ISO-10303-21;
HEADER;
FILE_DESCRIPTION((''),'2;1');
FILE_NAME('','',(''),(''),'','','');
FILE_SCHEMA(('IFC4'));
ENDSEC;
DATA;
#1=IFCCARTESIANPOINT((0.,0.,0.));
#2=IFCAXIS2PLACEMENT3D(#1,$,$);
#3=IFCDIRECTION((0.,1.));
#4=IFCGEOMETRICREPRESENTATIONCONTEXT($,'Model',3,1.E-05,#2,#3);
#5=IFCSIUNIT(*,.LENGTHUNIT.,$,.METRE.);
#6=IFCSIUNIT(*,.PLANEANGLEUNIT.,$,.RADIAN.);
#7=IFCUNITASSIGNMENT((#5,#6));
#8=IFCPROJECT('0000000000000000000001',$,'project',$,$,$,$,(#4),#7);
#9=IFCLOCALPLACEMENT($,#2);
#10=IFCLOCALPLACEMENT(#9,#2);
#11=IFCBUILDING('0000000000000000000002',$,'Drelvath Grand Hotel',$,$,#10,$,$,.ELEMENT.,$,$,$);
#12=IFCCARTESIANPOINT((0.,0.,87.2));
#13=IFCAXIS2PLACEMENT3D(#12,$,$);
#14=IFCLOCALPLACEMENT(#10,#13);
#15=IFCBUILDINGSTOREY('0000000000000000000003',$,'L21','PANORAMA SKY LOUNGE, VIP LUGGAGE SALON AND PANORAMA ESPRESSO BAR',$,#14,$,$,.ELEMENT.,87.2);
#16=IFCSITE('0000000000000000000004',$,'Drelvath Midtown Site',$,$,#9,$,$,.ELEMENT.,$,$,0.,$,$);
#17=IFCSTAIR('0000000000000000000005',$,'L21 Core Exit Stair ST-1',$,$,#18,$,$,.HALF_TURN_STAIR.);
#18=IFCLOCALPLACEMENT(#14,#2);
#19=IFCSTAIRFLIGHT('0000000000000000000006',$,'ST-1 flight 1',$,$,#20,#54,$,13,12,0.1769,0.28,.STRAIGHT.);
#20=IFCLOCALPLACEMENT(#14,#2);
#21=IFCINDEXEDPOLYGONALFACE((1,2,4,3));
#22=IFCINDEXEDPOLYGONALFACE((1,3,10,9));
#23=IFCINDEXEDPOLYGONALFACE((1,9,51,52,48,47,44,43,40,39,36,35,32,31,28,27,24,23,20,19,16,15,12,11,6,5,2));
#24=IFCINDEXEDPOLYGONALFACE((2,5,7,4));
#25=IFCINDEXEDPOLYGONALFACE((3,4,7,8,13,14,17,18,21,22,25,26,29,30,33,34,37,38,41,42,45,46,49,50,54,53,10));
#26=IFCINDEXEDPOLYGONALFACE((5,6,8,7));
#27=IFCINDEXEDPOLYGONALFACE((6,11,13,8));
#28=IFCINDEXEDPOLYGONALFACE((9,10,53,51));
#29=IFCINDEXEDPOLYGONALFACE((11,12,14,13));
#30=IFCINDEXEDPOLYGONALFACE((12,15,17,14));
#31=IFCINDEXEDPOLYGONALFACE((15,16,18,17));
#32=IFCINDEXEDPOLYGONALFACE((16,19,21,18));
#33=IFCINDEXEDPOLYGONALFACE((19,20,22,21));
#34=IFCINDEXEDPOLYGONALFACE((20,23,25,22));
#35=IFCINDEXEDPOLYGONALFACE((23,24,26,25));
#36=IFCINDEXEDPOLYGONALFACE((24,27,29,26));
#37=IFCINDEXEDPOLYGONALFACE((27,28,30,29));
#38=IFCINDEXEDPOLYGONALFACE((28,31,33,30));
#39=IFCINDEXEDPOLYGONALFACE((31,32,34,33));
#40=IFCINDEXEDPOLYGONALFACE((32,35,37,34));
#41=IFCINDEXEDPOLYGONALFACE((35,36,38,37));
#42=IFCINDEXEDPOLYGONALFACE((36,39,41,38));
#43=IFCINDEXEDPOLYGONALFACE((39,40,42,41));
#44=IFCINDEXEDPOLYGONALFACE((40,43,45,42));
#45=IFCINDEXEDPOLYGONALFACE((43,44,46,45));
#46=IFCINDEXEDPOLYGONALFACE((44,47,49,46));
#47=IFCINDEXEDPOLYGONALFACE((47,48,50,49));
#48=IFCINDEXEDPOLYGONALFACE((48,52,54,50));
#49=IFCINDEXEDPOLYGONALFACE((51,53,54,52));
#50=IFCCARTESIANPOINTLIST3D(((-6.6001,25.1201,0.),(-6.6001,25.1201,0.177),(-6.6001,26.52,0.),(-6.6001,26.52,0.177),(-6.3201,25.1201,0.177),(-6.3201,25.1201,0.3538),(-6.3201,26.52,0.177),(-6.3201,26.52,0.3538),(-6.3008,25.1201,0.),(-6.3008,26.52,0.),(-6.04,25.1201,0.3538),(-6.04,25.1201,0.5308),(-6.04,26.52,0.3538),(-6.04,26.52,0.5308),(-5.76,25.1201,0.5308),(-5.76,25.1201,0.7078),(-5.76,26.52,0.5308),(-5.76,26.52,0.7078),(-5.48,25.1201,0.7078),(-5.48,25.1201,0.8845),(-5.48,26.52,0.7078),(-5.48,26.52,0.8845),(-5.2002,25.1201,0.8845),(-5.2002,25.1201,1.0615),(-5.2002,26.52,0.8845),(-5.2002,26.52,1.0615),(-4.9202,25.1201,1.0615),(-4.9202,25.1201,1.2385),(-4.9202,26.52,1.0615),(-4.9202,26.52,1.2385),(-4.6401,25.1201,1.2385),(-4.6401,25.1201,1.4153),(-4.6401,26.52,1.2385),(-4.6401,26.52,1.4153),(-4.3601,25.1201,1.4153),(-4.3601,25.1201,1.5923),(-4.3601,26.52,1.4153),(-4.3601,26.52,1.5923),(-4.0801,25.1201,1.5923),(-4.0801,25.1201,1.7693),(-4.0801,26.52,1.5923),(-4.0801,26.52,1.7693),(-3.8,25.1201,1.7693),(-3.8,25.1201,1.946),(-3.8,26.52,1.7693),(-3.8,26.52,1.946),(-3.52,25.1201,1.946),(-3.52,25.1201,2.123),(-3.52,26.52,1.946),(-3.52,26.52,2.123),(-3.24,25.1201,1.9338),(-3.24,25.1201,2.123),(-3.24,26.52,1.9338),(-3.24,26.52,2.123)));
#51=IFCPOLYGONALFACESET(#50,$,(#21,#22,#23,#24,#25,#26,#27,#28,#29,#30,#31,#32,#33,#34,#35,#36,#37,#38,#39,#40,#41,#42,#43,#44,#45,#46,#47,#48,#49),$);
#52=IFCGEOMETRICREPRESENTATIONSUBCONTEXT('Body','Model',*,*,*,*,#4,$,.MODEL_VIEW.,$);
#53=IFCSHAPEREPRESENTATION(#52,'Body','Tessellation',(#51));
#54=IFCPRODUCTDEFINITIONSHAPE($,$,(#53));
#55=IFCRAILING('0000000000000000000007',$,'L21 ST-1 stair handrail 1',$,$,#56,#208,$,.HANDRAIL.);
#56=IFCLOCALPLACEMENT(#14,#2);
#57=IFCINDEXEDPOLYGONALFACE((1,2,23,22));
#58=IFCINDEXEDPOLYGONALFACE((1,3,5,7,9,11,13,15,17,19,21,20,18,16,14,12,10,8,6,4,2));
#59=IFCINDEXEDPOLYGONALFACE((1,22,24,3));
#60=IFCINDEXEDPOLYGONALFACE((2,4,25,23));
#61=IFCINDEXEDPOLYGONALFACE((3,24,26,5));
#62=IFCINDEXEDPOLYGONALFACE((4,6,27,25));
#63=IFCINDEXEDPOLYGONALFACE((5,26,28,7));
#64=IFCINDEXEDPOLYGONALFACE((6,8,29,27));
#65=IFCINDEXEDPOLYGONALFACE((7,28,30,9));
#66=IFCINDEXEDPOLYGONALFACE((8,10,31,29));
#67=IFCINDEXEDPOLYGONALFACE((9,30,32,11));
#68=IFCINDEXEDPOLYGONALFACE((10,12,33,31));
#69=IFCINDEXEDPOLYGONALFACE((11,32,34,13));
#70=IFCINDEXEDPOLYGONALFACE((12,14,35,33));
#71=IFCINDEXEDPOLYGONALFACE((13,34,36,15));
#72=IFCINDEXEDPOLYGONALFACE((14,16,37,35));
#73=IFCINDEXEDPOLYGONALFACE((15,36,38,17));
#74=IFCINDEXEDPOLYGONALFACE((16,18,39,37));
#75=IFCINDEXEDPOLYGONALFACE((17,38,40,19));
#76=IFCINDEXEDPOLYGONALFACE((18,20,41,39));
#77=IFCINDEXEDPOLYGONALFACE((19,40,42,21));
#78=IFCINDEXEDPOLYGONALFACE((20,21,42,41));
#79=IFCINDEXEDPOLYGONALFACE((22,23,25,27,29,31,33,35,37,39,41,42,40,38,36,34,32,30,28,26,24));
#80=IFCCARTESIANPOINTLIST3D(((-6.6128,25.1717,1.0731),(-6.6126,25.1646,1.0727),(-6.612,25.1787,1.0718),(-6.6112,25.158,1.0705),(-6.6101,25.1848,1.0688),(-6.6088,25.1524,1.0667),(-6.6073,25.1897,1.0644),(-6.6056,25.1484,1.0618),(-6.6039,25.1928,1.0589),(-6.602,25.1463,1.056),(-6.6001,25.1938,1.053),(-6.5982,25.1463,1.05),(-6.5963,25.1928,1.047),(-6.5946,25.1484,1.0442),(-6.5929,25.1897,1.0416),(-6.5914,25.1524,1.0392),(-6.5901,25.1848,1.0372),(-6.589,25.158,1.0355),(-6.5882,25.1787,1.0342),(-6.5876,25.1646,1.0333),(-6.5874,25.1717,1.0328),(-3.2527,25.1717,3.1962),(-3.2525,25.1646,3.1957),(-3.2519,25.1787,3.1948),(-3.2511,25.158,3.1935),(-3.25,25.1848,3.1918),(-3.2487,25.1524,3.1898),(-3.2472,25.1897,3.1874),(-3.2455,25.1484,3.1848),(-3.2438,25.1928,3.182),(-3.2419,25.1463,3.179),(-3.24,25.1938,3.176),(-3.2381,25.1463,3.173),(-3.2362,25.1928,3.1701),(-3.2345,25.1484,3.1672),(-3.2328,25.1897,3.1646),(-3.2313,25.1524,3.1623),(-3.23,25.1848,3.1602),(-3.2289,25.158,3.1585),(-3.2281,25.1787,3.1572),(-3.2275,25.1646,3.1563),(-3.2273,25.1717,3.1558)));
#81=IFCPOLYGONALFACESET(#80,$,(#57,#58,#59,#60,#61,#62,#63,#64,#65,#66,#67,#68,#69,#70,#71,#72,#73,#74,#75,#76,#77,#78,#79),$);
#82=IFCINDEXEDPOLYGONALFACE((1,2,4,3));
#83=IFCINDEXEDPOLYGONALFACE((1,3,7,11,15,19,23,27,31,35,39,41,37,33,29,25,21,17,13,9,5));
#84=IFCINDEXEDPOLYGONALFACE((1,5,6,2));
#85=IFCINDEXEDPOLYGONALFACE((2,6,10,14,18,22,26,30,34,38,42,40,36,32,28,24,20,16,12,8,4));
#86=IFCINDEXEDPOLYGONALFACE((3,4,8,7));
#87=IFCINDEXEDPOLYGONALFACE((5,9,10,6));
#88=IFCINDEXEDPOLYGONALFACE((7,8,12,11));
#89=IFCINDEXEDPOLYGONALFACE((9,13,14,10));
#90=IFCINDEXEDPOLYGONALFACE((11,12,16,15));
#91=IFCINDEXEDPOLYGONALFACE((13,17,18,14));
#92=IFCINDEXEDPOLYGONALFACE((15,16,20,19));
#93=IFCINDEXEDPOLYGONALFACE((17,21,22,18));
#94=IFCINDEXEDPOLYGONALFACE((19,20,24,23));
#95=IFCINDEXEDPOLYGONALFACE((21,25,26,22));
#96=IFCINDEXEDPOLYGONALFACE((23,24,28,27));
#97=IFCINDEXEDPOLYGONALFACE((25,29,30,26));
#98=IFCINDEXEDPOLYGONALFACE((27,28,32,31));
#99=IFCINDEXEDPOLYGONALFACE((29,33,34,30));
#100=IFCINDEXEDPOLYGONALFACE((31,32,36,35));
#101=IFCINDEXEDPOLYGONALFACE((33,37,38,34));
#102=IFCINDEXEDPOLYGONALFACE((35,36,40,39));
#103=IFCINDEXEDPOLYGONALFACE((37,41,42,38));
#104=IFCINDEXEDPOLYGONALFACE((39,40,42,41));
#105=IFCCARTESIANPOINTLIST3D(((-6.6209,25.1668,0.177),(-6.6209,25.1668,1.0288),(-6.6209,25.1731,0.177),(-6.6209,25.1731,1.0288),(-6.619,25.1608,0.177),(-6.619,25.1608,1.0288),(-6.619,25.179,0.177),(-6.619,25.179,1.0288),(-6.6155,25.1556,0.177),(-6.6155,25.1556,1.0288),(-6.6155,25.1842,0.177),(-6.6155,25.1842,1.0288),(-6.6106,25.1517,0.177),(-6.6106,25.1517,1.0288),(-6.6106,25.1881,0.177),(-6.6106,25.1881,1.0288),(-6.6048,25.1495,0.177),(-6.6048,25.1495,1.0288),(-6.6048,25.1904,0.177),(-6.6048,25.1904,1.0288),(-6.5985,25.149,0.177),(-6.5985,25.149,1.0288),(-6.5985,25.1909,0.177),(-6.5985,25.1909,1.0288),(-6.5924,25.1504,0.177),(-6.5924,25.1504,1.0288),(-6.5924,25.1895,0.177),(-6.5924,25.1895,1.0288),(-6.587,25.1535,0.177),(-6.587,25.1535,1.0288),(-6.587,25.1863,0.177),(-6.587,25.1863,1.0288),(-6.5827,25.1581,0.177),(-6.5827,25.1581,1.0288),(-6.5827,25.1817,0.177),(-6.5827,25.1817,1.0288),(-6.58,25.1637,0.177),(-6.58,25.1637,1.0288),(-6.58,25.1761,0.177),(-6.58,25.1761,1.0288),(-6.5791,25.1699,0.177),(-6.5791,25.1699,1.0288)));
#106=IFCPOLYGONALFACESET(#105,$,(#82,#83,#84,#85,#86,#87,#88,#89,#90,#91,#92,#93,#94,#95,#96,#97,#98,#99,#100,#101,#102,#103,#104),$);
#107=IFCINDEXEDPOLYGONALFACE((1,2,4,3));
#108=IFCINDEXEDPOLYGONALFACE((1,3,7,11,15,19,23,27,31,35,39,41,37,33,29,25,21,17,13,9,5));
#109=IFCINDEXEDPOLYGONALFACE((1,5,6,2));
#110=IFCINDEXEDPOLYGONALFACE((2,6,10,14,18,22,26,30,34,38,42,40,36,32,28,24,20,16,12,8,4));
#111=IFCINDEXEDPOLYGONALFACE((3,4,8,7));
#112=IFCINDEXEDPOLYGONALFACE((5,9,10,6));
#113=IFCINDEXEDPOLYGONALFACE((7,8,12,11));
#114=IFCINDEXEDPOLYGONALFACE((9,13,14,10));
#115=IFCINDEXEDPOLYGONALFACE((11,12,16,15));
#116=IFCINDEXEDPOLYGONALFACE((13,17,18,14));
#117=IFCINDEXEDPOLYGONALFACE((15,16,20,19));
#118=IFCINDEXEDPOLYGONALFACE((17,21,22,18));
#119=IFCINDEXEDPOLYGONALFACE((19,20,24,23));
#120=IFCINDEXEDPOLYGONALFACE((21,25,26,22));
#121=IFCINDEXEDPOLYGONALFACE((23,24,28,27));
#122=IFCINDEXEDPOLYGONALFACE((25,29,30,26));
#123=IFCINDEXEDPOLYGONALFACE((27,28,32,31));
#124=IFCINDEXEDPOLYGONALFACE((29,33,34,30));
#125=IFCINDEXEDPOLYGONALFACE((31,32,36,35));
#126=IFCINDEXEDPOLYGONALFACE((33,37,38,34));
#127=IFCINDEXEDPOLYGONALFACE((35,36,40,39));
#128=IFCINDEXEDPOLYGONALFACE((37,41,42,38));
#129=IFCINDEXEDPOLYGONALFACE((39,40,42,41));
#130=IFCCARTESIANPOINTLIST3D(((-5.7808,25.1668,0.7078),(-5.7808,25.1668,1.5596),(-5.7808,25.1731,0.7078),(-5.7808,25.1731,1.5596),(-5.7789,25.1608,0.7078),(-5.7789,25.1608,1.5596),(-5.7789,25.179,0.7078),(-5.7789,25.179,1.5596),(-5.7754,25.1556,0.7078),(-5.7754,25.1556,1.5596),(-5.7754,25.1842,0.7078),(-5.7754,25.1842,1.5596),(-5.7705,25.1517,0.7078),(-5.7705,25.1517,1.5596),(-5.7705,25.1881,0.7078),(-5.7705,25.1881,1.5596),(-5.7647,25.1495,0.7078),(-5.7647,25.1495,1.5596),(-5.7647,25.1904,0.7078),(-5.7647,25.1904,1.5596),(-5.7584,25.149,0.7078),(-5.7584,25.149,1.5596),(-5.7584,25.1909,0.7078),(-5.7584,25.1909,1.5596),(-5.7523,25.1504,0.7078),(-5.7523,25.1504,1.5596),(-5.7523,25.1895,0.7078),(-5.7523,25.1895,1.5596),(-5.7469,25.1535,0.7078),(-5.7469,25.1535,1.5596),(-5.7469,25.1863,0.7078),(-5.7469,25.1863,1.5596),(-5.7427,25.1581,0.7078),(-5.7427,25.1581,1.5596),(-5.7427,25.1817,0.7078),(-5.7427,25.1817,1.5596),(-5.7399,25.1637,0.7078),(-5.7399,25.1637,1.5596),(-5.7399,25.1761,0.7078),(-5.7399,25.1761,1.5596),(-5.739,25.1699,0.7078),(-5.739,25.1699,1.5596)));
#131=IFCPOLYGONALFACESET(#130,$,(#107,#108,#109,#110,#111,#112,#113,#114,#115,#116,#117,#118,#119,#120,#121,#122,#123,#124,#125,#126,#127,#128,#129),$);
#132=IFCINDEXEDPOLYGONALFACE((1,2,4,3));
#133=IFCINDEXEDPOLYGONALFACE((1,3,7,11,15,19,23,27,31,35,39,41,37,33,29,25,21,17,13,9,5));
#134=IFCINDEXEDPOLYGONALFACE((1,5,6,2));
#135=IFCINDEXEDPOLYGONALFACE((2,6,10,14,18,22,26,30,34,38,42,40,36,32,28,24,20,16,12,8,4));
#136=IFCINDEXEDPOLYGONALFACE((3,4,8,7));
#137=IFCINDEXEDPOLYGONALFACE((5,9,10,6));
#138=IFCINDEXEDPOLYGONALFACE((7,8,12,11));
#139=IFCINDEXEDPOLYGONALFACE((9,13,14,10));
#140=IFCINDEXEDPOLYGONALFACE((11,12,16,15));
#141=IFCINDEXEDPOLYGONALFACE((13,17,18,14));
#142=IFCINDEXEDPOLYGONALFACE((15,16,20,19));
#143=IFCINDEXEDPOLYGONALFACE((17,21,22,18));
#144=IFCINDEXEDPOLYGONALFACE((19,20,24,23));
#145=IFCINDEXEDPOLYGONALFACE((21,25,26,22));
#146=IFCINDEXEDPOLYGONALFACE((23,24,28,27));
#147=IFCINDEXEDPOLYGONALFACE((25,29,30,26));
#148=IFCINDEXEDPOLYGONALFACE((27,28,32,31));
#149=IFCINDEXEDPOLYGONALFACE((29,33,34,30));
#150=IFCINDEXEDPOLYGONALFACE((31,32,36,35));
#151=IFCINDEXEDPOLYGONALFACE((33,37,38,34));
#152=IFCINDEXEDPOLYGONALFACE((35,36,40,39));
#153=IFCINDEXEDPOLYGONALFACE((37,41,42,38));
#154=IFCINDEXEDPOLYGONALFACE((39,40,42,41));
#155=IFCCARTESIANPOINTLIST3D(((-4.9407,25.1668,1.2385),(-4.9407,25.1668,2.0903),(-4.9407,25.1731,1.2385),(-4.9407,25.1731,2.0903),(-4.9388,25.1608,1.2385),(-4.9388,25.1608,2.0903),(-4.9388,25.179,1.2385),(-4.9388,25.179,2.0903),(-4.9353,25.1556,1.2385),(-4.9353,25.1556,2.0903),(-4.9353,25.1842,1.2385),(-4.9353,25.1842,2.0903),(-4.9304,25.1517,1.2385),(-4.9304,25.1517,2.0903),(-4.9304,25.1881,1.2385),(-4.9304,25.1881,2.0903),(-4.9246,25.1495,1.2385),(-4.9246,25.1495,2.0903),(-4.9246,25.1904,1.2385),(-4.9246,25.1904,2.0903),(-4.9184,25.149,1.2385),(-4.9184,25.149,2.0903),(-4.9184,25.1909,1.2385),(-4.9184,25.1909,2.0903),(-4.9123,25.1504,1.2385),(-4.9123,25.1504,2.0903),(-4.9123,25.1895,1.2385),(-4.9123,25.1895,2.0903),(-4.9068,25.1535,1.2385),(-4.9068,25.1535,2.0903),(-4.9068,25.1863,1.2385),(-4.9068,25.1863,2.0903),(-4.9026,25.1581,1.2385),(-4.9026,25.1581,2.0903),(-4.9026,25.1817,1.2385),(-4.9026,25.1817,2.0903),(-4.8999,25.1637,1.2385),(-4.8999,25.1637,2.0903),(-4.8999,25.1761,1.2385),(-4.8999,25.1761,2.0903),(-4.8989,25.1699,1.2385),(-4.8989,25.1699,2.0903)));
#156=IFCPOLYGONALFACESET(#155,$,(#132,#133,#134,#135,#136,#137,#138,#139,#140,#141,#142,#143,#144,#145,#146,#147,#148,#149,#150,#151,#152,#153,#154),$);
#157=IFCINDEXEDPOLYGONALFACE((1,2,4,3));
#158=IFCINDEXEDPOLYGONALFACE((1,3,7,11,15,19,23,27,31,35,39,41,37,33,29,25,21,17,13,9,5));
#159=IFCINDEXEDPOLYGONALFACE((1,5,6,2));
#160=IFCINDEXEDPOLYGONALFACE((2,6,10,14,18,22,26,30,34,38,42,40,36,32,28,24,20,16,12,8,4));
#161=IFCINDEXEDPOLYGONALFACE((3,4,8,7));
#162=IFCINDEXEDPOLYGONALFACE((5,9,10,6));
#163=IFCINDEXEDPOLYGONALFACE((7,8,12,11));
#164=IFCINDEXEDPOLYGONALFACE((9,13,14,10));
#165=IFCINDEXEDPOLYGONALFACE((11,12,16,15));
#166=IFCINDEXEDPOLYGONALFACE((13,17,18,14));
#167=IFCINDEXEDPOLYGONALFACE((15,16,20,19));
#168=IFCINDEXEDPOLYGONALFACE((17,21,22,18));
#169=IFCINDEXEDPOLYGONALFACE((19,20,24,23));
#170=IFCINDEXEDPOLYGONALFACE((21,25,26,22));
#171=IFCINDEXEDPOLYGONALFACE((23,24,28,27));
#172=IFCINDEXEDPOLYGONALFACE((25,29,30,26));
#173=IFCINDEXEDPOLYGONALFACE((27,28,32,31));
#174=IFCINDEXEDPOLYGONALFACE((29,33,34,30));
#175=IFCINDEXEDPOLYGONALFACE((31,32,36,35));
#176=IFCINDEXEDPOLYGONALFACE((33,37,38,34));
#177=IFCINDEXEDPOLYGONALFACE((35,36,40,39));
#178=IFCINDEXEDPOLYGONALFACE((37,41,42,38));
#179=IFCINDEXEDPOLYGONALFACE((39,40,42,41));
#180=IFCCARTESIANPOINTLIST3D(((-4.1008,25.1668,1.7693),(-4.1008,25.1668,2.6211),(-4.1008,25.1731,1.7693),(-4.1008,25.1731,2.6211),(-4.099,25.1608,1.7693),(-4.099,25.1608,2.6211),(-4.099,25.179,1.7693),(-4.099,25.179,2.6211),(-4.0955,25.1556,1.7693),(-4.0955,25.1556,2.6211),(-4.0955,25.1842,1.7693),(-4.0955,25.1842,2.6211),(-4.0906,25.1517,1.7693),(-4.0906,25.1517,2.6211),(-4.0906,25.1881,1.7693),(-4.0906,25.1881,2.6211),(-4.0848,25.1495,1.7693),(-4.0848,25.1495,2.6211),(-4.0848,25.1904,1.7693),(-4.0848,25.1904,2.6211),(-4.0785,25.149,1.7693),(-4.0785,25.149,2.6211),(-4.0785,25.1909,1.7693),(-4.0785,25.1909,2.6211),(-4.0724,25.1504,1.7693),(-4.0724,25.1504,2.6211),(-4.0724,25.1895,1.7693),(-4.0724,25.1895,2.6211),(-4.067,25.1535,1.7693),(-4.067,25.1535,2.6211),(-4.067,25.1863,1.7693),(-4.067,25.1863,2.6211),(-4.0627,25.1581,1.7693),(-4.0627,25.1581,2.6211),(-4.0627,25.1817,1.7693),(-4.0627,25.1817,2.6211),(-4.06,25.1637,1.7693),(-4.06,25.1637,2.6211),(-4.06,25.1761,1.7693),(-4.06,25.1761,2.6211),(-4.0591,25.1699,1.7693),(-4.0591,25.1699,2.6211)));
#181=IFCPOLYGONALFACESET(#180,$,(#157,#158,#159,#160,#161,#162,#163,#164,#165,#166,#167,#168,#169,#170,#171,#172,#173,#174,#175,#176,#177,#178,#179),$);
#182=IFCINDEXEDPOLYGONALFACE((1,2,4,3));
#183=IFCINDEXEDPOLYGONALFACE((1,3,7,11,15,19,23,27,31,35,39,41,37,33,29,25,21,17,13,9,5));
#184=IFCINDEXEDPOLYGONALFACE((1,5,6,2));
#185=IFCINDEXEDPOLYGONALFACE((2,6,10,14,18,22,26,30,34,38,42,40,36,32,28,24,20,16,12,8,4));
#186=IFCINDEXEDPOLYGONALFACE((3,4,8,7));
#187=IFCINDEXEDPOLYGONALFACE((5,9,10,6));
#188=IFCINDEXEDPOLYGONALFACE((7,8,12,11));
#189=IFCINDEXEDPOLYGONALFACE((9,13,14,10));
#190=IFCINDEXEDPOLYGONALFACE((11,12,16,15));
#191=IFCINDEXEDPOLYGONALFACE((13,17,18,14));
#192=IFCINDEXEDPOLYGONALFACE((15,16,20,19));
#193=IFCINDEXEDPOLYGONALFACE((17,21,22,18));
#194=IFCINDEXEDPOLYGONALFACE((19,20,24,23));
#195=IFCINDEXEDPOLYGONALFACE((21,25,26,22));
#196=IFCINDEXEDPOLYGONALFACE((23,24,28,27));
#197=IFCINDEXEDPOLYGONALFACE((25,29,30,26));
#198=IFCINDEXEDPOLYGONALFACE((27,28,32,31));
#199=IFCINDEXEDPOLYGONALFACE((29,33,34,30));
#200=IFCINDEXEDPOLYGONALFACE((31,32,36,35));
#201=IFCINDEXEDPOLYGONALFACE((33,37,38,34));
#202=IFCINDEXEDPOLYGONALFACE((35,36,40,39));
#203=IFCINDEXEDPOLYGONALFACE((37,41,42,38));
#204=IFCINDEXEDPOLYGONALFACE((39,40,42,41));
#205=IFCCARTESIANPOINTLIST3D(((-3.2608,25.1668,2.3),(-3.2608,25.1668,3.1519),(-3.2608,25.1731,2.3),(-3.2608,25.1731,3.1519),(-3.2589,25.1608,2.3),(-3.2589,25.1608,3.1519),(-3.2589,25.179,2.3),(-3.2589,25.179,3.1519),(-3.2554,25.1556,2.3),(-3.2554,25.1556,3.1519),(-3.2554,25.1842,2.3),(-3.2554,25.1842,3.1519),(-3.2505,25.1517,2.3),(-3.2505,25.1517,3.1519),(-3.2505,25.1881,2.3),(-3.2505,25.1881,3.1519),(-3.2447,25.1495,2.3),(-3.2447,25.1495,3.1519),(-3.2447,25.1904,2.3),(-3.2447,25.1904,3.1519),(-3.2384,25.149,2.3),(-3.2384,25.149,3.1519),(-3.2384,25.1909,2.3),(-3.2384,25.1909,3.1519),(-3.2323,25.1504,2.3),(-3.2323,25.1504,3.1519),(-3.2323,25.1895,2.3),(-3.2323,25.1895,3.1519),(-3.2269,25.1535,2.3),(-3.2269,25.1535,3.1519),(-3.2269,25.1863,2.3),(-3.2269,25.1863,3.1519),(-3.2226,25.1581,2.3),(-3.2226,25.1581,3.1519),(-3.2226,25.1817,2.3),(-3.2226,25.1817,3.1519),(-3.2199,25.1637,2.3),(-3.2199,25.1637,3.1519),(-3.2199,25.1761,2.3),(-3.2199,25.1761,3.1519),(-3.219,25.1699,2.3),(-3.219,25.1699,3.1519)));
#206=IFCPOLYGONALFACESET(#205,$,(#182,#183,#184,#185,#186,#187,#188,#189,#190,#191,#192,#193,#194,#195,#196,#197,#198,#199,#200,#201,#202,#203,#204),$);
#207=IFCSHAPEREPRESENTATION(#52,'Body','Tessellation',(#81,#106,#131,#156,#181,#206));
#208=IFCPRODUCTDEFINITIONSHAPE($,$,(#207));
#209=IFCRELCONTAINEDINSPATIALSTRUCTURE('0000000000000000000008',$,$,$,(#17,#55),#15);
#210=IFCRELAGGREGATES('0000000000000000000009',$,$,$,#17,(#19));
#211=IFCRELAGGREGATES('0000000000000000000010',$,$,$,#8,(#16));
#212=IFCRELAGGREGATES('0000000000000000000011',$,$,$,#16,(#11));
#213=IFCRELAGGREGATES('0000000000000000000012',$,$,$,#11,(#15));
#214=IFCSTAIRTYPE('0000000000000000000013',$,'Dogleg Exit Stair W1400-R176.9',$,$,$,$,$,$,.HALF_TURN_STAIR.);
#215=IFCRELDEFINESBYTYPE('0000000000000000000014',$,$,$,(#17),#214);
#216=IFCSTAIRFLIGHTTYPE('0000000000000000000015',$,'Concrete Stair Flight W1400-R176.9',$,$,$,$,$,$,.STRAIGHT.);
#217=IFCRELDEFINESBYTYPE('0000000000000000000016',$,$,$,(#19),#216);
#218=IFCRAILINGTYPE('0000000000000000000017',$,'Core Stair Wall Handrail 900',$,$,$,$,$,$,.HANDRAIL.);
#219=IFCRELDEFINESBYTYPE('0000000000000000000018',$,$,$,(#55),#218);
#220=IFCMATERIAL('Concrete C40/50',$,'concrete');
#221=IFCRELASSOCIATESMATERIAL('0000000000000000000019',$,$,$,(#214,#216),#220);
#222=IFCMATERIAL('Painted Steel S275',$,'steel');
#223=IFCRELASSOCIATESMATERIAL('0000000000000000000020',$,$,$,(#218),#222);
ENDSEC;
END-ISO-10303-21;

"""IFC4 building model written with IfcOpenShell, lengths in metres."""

from ifc_helpers import new_model, si_unit, direction, frame, origin, origin_2d, place, context, subcontext, project, spatial, polyline, circle, outline, extrude, material, type_object, element, aggregate, save


model = new_model("IFC4")

# Units and contexts
model_context = context("Model", 3, precision=1e-05, world=origin(), true_north=direction((0.0, 1.0)))
body_context = subcontext(model_context, "Body", "Model", "MODEL_VIEW")
ifc_project = project(units=[si_unit("LENGTHUNIT", "METRE"), si_unit("PLANEANGLEUNIT", "RADIAN")], contexts=[model_context])

# Site, building, storey
site_placement = place(None, origin())
site = spatial("IfcSite", under=ifc_project, at=site_placement, Name="Drelvath Midtown Site", CompositionType="ELEMENT", RefElevation=0.0)
building_placement = place(site_placement, origin())
building = spatial("IfcBuilding", under=site, at=building_placement, Name="Drelvath Grand Hotel", CompositionType="ELEMENT")
storey_placement = place(building_placement, frame((0.0, 0.0, 87.2)))
storey = spatial("IfcBuildingStorey", under=building, at=storey_placement, Name="L21", Description="PANORAMA SKY LOUNGE, VIP LUGGAGE SALON AND PANORAMA ESPRESSO BAR", CompositionType="ELEMENT", Elevation=87.2)

# Shared definitions
ifc_material_1 = material(Name="Concrete C40/50", Category="concrete")

# Shared definitions
ifc_material_2 = material(Name="Painted Steel S275", Category="steel")

# Stair, stair flight
stair_type = type_object("IfcStairType", Name="Dogleg Exit Stair W1400-R176.9", PredefinedType="HALF_TURN_STAIR", material=ifc_material_1)
stair_placement = place(storey_placement, origin())
stair = element("IfcStair", 1, at=stair_placement, inside=storey, type_object=stair_type, Name="L21 Core Exit Stair ST-1", PredefinedType="HALF_TURN_STAIR")
stair_flight_type = type_object("IfcStairFlightType", Name="Concrete Stair Flight W1400-R176.9", PredefinedType="STRAIGHT", material=ifc_material_1)
stair_flight_placement = place(storey_placement, frame((-6.6001, 25.8201, 0.0), z_axis=(0.0, 0.0, 1.0), x_axis=(1.0, 0.0, 0.0)))
stair_flight = element("IfcStairFlight", 2, at=stair_flight_placement, type_object=stair_flight_type, Name="ST-1 flight 1", NumberOfRisers=13, NumberOfTreads=12, PredefinedType="STRAIGHT", RiserHeight=0.1769, TreadLength=0.28, context=body_context, shape_type="SweptSolid", body=[
    extrude(outline(polyline([(0.0, 0.0), (0.0, 0.177), (0.28, 0.177), (0.28, 0.3538), (0.5601, 0.3538), (0.5601, 0.5308), (0.8401, 0.5308), (0.8401, 0.7078), (1.1201, 0.7078), (1.1201, 0.8845), (1.3999, 0.8845), (1.3999, 1.0615), (1.6799, 1.0615), (1.6799, 1.2385), (1.96, 1.2385), (1.96, 1.4153), (2.24, 1.4153), (2.24, 1.5923), (2.52, 1.5923), (2.52, 1.7693), (2.8, 1.7693), (2.8, 1.946), (3.0801, 1.946), (3.0801, 2.123), (3.3601, 2.123), (3.3601, 2.3), (3.3601, 1.9338), (0.2993, 0.0), (0.0, 0.0)])), frame((0.0, 0.7, 0.0), z_axis=(0.0, -1.0, 0.0), x_axis=(1.0, 0.0, 0.0)), (0.0, 0.0, 1.0), 1.3999),
])
aggregate(stair, [stair_flight])

# Railing
railing_type_1 = type_object("IfcRailingType", Name="Core Stair Wall Handrail 900", PredefinedType="HANDRAIL", material=ifc_material_2)
railing_1_placement = place(storey_placement, frame((-6.6001, 25.1699, 0.177)))
element("IfcRailing", 3, at=railing_1_placement, inside=storey, type_object=railing_type_1, Name="L21 ST-1 stair handrail 1", PredefinedType="HANDRAIL", context=body_context, shape_type="SweptSolid", body=[
    extrude(circle(Radius=0.0239, at=origin_2d()), frame((0.0, 0.0, 0.876), z_axis=(0.84539, 0.0, 0.53415), x_axis=(0.0, 1.0, 0.0)), (0.0, 0.0, 1.0), 3.9746),
    extrude(circle(Radius=0.021, at=origin_2d()), origin(), (0.0, 0.0, 1.0), 0.8518),
    extrude(circle(Radius=0.021, at=origin_2d()), frame((0.8401, 0.0, 0.5308)), (0.0, 0.0, 1.0), 0.8518),
    extrude(circle(Radius=0.021, at=origin_2d()), frame((1.6802, 0.0, 1.0615)), (0.0, 0.0, 1.0), 0.8518),
    extrude(circle(Radius=0.021, at=origin_2d()), frame((2.52, 0.0, 1.5923)), (0.0, 0.0, 1.0), 0.8518),
    extrude(circle(Radius=0.021, at=origin_2d()), frame((3.3601, 0.0, 2.123)), (0.0, 0.0, 1.0), 0.8518),
])

save(model, "model.ifc")
